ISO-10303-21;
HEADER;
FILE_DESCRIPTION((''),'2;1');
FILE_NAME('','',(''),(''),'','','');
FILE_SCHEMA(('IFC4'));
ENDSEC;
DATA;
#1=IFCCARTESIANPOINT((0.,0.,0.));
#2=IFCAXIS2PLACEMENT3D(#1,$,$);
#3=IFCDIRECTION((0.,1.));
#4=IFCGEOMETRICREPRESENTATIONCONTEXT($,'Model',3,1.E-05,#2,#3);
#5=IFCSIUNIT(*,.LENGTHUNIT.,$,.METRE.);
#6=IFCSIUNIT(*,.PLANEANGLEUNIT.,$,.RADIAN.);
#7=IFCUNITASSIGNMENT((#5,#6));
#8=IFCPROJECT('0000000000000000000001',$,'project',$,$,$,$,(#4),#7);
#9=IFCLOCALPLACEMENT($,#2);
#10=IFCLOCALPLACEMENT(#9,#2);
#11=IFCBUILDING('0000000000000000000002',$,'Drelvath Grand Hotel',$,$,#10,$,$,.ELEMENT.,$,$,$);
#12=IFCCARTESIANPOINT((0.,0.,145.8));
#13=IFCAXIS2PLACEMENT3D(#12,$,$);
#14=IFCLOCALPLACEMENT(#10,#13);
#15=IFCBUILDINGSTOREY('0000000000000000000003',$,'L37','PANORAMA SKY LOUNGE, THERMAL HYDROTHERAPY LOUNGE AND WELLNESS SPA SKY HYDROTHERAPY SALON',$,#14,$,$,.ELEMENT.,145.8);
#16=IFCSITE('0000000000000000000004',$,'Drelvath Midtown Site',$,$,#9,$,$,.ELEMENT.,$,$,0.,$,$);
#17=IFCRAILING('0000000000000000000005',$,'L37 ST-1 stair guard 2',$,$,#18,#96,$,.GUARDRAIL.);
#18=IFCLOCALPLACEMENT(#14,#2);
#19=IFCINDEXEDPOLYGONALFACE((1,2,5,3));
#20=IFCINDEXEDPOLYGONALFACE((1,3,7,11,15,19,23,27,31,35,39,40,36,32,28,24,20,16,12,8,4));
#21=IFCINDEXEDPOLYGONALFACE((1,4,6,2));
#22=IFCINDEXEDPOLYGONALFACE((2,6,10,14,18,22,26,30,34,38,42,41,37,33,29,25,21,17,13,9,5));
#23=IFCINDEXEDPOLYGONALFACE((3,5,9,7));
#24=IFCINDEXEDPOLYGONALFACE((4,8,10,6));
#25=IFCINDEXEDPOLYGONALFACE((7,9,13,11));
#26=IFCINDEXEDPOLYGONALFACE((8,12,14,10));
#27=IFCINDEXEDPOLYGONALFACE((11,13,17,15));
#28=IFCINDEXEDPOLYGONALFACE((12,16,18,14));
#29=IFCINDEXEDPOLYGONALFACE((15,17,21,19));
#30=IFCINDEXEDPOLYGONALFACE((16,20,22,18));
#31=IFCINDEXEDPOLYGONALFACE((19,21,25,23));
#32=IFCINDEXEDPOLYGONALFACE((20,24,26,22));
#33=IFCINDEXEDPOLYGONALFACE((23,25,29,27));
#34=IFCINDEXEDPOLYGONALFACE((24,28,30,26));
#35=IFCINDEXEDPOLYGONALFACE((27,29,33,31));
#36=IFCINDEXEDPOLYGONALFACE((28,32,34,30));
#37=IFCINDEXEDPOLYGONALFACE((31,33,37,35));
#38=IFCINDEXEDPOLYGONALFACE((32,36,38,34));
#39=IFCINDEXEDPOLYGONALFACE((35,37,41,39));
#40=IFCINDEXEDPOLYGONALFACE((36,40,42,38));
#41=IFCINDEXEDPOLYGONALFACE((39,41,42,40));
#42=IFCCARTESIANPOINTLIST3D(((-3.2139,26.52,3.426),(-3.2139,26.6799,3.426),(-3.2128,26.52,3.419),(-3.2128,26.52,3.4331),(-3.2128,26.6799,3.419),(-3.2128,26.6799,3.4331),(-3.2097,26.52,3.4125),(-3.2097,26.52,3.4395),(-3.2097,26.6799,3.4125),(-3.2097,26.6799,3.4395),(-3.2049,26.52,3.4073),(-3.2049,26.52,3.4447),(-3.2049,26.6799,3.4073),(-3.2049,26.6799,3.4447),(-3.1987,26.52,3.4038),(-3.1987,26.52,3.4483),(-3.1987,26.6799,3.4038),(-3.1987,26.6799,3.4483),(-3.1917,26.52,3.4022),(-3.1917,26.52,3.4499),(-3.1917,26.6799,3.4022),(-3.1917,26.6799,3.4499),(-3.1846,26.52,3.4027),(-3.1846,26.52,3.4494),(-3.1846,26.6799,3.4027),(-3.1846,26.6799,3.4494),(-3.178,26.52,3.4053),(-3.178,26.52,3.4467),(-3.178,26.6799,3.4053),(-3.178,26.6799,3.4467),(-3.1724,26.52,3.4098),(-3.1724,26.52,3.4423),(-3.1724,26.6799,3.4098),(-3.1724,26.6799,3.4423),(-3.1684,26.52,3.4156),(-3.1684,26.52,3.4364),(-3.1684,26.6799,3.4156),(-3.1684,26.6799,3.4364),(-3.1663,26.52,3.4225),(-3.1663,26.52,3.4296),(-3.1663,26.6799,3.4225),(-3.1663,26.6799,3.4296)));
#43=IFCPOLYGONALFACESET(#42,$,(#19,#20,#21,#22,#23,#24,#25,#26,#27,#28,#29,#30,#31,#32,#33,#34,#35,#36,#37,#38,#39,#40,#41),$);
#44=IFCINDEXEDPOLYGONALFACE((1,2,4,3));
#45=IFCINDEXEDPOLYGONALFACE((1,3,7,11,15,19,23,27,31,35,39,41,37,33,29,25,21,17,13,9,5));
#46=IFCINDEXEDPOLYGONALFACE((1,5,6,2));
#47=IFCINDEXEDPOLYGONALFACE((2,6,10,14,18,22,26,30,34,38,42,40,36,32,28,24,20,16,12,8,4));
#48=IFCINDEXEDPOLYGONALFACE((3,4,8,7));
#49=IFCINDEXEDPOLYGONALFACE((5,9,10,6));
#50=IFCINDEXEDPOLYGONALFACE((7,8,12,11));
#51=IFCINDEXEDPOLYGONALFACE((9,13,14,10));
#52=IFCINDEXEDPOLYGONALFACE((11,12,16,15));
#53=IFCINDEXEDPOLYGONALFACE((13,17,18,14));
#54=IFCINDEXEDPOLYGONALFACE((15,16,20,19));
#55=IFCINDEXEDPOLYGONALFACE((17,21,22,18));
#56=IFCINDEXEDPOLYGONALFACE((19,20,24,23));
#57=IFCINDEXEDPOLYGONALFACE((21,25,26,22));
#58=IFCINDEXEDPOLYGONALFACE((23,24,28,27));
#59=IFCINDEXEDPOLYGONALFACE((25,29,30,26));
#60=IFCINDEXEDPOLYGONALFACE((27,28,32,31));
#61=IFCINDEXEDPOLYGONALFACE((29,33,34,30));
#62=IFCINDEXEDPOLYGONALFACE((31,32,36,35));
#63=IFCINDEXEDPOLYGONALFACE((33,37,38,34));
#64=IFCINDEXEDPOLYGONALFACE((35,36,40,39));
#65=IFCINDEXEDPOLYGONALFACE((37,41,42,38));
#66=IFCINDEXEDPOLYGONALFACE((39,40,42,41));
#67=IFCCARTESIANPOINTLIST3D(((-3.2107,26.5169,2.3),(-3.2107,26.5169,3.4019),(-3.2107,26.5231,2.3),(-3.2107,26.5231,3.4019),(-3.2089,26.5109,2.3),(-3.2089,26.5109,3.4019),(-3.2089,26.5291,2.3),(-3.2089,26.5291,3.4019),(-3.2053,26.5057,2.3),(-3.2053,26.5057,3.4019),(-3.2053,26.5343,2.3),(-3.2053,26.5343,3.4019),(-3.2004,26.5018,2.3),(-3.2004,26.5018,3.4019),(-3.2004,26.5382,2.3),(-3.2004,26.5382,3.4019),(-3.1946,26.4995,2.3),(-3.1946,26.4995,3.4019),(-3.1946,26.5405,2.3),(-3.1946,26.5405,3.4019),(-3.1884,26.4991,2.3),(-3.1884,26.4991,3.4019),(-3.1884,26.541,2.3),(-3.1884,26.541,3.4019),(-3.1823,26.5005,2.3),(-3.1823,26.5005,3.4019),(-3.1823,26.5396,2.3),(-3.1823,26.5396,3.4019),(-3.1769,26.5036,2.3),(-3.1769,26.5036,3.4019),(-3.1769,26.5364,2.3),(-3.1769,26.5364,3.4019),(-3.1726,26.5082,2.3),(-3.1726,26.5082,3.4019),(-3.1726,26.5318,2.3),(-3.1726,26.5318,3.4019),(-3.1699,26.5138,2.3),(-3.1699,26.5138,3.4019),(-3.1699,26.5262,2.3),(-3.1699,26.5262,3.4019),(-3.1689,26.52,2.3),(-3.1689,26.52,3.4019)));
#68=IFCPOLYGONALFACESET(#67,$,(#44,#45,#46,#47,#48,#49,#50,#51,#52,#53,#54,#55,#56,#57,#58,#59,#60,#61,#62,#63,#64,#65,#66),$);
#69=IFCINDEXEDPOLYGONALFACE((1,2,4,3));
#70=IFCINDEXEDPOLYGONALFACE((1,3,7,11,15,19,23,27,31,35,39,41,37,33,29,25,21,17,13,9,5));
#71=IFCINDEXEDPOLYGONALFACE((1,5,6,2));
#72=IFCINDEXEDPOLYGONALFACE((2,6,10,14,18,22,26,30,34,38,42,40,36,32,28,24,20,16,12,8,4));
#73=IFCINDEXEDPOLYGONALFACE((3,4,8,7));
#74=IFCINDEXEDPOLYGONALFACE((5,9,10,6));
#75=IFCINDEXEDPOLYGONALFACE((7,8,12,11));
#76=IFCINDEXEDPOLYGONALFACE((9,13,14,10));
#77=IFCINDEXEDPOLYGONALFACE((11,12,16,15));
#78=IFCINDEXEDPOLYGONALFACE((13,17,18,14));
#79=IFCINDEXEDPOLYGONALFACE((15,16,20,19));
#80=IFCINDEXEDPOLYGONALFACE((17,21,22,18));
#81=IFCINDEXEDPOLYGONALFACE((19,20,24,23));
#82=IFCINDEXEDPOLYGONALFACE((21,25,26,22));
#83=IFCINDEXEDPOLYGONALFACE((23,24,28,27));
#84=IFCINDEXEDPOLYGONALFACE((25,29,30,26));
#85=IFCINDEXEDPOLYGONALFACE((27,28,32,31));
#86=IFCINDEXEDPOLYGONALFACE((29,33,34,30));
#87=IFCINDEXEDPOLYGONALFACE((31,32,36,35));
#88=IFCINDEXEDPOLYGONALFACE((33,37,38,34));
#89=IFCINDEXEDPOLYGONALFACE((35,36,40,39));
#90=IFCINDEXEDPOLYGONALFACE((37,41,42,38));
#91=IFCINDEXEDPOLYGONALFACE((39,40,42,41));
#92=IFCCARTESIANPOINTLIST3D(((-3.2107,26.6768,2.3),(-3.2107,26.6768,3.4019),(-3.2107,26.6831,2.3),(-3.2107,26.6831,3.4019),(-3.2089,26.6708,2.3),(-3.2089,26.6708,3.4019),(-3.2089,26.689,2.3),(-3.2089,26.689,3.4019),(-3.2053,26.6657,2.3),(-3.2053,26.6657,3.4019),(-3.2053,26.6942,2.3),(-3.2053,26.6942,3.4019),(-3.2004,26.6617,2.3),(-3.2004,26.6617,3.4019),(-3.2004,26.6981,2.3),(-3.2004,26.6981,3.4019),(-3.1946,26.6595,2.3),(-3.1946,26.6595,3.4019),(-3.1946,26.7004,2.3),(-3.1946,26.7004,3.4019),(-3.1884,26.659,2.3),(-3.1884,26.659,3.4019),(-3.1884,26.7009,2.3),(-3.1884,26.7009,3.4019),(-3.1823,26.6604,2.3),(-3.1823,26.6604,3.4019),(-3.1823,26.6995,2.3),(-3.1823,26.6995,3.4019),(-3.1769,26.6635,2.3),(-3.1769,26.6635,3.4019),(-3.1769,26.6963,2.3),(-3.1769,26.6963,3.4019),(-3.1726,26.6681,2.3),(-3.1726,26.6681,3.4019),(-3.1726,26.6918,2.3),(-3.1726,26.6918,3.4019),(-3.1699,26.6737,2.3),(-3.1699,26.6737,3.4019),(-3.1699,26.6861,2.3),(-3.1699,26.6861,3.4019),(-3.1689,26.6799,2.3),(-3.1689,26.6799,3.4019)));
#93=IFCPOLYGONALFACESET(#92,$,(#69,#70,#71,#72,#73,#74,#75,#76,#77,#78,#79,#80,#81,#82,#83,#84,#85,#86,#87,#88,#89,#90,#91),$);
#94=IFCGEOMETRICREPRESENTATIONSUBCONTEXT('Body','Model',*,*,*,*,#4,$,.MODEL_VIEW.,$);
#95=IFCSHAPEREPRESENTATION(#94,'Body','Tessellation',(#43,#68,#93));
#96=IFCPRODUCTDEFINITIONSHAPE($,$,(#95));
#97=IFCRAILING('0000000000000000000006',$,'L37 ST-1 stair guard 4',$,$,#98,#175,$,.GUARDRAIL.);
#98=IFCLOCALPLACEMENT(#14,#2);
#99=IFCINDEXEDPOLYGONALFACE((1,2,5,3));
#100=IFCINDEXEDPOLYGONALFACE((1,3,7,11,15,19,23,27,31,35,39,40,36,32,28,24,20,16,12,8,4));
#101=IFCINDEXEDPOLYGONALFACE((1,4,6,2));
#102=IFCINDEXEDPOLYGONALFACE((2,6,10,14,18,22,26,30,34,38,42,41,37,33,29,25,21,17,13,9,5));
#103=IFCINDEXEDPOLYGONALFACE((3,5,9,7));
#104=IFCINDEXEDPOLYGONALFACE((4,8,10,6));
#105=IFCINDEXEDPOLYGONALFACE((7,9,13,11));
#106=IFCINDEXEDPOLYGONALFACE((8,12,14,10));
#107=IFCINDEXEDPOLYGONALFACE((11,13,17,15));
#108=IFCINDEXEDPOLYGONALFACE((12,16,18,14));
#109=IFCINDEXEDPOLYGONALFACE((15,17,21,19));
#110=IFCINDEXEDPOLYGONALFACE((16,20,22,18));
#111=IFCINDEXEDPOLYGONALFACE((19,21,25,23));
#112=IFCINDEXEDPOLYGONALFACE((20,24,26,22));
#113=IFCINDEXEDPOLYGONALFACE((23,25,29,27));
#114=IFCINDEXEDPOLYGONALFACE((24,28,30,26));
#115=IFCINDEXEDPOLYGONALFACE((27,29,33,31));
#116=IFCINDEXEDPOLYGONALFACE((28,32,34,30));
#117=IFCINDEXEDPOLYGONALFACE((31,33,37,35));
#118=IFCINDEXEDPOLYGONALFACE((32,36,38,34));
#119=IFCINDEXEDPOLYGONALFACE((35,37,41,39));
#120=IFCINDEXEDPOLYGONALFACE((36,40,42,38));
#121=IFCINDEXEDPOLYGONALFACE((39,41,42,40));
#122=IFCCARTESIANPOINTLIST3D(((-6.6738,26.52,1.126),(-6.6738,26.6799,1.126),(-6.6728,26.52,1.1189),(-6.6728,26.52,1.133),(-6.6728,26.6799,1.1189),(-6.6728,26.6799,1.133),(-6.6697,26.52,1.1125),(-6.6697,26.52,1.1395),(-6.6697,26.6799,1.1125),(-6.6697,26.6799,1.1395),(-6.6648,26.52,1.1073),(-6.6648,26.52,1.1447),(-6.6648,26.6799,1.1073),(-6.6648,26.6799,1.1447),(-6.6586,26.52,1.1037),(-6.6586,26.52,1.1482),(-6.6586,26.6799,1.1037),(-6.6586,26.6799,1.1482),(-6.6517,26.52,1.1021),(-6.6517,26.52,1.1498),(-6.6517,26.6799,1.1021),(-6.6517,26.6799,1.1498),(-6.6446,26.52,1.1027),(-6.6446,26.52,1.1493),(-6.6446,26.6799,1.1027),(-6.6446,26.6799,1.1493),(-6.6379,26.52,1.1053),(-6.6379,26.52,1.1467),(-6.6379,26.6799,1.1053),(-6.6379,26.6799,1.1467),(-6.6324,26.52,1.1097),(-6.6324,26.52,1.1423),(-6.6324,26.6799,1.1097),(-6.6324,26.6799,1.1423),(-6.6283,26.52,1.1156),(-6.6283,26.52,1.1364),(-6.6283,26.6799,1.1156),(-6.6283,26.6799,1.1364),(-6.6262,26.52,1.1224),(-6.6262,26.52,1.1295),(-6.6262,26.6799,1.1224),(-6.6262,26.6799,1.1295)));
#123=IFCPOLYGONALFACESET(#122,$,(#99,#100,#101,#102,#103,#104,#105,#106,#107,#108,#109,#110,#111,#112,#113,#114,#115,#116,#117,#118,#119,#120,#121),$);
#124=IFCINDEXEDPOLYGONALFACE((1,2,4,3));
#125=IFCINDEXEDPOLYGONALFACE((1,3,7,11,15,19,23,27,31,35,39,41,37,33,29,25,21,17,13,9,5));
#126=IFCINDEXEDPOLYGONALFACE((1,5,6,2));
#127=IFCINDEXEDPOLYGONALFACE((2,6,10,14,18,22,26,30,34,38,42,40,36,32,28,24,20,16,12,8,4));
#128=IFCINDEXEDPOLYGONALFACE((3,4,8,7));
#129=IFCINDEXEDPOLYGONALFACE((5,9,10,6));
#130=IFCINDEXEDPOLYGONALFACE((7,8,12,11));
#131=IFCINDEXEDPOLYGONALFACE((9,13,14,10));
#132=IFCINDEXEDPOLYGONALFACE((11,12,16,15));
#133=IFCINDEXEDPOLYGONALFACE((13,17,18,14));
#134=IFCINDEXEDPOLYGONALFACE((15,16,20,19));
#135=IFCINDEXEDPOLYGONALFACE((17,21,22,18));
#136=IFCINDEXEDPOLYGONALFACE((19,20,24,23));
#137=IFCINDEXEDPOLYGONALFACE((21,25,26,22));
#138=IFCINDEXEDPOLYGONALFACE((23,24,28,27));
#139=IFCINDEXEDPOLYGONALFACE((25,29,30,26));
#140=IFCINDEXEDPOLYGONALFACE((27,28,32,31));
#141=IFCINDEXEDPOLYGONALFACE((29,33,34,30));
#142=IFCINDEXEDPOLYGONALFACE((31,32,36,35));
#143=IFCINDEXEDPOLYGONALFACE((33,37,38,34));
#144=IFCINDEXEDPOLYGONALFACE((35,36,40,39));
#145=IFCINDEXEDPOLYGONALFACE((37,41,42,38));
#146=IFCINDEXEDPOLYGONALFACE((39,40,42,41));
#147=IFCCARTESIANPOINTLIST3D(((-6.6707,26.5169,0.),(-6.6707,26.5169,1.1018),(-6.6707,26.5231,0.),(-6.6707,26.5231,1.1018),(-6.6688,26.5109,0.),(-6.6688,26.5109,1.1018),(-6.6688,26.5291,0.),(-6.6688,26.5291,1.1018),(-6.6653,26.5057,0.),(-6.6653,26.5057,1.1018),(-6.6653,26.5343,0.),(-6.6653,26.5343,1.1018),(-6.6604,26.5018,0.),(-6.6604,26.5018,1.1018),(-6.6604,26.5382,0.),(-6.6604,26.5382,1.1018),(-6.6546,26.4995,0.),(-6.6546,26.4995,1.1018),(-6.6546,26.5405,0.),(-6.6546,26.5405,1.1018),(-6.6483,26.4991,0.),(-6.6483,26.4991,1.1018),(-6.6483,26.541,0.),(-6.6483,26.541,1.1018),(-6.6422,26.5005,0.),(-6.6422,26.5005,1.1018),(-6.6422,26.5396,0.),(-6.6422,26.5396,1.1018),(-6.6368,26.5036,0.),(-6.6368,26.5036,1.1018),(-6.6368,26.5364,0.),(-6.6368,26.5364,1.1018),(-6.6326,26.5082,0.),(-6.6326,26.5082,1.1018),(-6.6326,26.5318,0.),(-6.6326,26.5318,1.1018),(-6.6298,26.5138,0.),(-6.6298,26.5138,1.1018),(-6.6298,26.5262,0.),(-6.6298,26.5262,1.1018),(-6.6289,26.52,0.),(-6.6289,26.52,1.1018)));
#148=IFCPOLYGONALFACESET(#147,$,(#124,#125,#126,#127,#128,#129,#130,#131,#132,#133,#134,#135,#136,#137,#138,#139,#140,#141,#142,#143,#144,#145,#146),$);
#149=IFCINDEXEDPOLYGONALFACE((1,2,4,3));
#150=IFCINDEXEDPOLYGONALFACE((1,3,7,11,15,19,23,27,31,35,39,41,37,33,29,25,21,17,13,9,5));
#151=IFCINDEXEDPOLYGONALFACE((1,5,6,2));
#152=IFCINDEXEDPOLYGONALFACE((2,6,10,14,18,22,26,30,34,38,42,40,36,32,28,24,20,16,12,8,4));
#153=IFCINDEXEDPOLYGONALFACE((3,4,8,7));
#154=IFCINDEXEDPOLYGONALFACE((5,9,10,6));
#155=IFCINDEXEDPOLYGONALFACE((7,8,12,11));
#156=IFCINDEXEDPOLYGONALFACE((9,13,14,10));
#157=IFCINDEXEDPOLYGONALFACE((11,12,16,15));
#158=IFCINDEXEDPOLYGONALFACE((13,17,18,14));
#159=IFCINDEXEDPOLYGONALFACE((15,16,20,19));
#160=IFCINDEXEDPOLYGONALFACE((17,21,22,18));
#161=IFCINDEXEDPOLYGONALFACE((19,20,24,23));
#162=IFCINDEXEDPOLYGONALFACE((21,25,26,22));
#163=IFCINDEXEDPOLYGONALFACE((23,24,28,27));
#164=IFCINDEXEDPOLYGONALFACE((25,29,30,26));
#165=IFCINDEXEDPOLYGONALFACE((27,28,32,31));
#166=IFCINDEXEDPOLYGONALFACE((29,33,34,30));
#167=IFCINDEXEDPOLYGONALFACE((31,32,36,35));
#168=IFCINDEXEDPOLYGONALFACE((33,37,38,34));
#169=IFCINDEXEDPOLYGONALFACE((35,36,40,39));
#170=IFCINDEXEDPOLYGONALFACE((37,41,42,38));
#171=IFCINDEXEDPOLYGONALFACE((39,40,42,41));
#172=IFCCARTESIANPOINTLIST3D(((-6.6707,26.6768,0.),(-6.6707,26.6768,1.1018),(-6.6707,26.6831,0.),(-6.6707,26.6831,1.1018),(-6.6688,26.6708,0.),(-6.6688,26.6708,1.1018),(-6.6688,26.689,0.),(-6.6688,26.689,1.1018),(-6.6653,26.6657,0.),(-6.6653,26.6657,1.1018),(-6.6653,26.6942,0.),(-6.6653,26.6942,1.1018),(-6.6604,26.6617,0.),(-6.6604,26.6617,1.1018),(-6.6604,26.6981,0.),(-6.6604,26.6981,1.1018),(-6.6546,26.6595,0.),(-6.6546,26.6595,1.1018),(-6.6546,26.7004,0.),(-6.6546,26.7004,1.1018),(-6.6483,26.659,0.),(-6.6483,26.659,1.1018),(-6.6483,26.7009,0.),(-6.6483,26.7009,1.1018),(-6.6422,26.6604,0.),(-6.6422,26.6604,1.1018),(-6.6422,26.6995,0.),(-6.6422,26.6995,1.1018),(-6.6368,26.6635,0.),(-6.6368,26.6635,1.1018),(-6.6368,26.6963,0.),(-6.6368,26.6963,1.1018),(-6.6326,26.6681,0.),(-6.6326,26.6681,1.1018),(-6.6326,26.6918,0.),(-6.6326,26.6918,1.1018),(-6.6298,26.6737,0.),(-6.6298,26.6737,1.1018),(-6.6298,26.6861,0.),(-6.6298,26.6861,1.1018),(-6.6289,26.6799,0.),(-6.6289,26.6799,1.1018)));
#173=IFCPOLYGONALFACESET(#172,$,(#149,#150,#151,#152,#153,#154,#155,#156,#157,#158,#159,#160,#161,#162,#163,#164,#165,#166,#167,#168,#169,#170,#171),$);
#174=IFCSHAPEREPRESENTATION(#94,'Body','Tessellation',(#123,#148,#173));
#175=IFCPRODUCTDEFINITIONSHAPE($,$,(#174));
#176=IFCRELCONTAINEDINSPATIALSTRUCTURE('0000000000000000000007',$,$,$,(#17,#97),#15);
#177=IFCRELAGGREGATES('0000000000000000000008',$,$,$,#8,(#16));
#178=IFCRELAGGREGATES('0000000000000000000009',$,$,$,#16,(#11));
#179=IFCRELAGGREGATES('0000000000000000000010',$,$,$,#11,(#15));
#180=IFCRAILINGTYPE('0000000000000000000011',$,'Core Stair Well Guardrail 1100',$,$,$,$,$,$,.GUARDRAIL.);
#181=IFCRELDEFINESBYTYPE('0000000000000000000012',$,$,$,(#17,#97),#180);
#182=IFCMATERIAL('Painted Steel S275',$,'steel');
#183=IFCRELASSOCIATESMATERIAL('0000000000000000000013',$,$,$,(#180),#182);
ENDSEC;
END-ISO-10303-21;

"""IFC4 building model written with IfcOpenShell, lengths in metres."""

from ifc_helpers import new_model, si_unit, direction, frame, origin, origin_2d, place, context, subcontext, project, spatial, circle, extrude, material, type_object, element, save


model = new_model("IFC4")

# Units and contexts
model_context = context("Model", 3, precision=1e-05, world=origin(), true_north=direction((0.0, 1.0)))
body_context = subcontext(model_context, "Body", "Model", "MODEL_VIEW")
ifc_project = project(units=[si_unit("LENGTHUNIT", "METRE"), si_unit("PLANEANGLEUNIT", "RADIAN")], contexts=[model_context])

# Site, building, storey
site_placement = place(None, origin())
site = spatial("IfcSite", under=ifc_project, at=site_placement, Name="Drelvath Midtown Site", CompositionType="ELEMENT", RefElevation=0.0)
building_placement = place(site_placement, origin())
building = spatial("IfcBuilding", under=site, at=building_placement, Name="Drelvath Grand Hotel", CompositionType="ELEMENT")
storey_placement = place(building_placement, frame((0.0, 0.0, 145.8)))
storey = spatial("IfcBuildingStorey", under=building, at=storey_placement, Name="L37", Description="PANORAMA SKY LOUNGE, THERMAL HYDROTHERAPY LOUNGE AND WELLNESS SPA SKY HYDROTHERAPY SALON", CompositionType="ELEMENT", Elevation=145.8)

# Shared definitions
ifc_material_1 = material(Name="Painted Steel S275", Category="steel")

# Railings
railing_type_1 = type_object("IfcRailingType", Name="Core Stair Well Guardrail 1100", PredefinedType="GUARDRAIL", material=ifc_material_1)
for number, where, name in (
    (1, (-3.1899, 26.52, 2.3), "L37 ST-1 stair guard 2"),
    (2, (-6.6499, 26.52, 0.0), "L37 ST-1 stair guard 4"),
):
    element("IfcRailing", number, at=place(storey_placement, frame(where)), inside=storey, type_object=railing_type_1, Name=name, PredefinedType="GUARDRAIL", context=body_context, shape_type="SweptSolid", body=[
        extrude(circle(Radius=0.0239, at=origin_2d()), frame((0.0, 0.0, 1.126), z_axis=(0.0, 1.0, 0.0), x_axis=(-1.0, 0.0, 0.0)), (0.0, 0.0, 1.0), 0.1599),
        extrude(circle(Radius=0.021, at=origin_2d()), origin(), (0.0, 0.0, 1.0), 1.1018),
        extrude(circle(Radius=0.021, at=origin_2d()), frame((0.0, 0.1599, 0.0)), (0.0, 0.0, 1.0), 1.1018),
    ])

save(model, "model.ifc")
